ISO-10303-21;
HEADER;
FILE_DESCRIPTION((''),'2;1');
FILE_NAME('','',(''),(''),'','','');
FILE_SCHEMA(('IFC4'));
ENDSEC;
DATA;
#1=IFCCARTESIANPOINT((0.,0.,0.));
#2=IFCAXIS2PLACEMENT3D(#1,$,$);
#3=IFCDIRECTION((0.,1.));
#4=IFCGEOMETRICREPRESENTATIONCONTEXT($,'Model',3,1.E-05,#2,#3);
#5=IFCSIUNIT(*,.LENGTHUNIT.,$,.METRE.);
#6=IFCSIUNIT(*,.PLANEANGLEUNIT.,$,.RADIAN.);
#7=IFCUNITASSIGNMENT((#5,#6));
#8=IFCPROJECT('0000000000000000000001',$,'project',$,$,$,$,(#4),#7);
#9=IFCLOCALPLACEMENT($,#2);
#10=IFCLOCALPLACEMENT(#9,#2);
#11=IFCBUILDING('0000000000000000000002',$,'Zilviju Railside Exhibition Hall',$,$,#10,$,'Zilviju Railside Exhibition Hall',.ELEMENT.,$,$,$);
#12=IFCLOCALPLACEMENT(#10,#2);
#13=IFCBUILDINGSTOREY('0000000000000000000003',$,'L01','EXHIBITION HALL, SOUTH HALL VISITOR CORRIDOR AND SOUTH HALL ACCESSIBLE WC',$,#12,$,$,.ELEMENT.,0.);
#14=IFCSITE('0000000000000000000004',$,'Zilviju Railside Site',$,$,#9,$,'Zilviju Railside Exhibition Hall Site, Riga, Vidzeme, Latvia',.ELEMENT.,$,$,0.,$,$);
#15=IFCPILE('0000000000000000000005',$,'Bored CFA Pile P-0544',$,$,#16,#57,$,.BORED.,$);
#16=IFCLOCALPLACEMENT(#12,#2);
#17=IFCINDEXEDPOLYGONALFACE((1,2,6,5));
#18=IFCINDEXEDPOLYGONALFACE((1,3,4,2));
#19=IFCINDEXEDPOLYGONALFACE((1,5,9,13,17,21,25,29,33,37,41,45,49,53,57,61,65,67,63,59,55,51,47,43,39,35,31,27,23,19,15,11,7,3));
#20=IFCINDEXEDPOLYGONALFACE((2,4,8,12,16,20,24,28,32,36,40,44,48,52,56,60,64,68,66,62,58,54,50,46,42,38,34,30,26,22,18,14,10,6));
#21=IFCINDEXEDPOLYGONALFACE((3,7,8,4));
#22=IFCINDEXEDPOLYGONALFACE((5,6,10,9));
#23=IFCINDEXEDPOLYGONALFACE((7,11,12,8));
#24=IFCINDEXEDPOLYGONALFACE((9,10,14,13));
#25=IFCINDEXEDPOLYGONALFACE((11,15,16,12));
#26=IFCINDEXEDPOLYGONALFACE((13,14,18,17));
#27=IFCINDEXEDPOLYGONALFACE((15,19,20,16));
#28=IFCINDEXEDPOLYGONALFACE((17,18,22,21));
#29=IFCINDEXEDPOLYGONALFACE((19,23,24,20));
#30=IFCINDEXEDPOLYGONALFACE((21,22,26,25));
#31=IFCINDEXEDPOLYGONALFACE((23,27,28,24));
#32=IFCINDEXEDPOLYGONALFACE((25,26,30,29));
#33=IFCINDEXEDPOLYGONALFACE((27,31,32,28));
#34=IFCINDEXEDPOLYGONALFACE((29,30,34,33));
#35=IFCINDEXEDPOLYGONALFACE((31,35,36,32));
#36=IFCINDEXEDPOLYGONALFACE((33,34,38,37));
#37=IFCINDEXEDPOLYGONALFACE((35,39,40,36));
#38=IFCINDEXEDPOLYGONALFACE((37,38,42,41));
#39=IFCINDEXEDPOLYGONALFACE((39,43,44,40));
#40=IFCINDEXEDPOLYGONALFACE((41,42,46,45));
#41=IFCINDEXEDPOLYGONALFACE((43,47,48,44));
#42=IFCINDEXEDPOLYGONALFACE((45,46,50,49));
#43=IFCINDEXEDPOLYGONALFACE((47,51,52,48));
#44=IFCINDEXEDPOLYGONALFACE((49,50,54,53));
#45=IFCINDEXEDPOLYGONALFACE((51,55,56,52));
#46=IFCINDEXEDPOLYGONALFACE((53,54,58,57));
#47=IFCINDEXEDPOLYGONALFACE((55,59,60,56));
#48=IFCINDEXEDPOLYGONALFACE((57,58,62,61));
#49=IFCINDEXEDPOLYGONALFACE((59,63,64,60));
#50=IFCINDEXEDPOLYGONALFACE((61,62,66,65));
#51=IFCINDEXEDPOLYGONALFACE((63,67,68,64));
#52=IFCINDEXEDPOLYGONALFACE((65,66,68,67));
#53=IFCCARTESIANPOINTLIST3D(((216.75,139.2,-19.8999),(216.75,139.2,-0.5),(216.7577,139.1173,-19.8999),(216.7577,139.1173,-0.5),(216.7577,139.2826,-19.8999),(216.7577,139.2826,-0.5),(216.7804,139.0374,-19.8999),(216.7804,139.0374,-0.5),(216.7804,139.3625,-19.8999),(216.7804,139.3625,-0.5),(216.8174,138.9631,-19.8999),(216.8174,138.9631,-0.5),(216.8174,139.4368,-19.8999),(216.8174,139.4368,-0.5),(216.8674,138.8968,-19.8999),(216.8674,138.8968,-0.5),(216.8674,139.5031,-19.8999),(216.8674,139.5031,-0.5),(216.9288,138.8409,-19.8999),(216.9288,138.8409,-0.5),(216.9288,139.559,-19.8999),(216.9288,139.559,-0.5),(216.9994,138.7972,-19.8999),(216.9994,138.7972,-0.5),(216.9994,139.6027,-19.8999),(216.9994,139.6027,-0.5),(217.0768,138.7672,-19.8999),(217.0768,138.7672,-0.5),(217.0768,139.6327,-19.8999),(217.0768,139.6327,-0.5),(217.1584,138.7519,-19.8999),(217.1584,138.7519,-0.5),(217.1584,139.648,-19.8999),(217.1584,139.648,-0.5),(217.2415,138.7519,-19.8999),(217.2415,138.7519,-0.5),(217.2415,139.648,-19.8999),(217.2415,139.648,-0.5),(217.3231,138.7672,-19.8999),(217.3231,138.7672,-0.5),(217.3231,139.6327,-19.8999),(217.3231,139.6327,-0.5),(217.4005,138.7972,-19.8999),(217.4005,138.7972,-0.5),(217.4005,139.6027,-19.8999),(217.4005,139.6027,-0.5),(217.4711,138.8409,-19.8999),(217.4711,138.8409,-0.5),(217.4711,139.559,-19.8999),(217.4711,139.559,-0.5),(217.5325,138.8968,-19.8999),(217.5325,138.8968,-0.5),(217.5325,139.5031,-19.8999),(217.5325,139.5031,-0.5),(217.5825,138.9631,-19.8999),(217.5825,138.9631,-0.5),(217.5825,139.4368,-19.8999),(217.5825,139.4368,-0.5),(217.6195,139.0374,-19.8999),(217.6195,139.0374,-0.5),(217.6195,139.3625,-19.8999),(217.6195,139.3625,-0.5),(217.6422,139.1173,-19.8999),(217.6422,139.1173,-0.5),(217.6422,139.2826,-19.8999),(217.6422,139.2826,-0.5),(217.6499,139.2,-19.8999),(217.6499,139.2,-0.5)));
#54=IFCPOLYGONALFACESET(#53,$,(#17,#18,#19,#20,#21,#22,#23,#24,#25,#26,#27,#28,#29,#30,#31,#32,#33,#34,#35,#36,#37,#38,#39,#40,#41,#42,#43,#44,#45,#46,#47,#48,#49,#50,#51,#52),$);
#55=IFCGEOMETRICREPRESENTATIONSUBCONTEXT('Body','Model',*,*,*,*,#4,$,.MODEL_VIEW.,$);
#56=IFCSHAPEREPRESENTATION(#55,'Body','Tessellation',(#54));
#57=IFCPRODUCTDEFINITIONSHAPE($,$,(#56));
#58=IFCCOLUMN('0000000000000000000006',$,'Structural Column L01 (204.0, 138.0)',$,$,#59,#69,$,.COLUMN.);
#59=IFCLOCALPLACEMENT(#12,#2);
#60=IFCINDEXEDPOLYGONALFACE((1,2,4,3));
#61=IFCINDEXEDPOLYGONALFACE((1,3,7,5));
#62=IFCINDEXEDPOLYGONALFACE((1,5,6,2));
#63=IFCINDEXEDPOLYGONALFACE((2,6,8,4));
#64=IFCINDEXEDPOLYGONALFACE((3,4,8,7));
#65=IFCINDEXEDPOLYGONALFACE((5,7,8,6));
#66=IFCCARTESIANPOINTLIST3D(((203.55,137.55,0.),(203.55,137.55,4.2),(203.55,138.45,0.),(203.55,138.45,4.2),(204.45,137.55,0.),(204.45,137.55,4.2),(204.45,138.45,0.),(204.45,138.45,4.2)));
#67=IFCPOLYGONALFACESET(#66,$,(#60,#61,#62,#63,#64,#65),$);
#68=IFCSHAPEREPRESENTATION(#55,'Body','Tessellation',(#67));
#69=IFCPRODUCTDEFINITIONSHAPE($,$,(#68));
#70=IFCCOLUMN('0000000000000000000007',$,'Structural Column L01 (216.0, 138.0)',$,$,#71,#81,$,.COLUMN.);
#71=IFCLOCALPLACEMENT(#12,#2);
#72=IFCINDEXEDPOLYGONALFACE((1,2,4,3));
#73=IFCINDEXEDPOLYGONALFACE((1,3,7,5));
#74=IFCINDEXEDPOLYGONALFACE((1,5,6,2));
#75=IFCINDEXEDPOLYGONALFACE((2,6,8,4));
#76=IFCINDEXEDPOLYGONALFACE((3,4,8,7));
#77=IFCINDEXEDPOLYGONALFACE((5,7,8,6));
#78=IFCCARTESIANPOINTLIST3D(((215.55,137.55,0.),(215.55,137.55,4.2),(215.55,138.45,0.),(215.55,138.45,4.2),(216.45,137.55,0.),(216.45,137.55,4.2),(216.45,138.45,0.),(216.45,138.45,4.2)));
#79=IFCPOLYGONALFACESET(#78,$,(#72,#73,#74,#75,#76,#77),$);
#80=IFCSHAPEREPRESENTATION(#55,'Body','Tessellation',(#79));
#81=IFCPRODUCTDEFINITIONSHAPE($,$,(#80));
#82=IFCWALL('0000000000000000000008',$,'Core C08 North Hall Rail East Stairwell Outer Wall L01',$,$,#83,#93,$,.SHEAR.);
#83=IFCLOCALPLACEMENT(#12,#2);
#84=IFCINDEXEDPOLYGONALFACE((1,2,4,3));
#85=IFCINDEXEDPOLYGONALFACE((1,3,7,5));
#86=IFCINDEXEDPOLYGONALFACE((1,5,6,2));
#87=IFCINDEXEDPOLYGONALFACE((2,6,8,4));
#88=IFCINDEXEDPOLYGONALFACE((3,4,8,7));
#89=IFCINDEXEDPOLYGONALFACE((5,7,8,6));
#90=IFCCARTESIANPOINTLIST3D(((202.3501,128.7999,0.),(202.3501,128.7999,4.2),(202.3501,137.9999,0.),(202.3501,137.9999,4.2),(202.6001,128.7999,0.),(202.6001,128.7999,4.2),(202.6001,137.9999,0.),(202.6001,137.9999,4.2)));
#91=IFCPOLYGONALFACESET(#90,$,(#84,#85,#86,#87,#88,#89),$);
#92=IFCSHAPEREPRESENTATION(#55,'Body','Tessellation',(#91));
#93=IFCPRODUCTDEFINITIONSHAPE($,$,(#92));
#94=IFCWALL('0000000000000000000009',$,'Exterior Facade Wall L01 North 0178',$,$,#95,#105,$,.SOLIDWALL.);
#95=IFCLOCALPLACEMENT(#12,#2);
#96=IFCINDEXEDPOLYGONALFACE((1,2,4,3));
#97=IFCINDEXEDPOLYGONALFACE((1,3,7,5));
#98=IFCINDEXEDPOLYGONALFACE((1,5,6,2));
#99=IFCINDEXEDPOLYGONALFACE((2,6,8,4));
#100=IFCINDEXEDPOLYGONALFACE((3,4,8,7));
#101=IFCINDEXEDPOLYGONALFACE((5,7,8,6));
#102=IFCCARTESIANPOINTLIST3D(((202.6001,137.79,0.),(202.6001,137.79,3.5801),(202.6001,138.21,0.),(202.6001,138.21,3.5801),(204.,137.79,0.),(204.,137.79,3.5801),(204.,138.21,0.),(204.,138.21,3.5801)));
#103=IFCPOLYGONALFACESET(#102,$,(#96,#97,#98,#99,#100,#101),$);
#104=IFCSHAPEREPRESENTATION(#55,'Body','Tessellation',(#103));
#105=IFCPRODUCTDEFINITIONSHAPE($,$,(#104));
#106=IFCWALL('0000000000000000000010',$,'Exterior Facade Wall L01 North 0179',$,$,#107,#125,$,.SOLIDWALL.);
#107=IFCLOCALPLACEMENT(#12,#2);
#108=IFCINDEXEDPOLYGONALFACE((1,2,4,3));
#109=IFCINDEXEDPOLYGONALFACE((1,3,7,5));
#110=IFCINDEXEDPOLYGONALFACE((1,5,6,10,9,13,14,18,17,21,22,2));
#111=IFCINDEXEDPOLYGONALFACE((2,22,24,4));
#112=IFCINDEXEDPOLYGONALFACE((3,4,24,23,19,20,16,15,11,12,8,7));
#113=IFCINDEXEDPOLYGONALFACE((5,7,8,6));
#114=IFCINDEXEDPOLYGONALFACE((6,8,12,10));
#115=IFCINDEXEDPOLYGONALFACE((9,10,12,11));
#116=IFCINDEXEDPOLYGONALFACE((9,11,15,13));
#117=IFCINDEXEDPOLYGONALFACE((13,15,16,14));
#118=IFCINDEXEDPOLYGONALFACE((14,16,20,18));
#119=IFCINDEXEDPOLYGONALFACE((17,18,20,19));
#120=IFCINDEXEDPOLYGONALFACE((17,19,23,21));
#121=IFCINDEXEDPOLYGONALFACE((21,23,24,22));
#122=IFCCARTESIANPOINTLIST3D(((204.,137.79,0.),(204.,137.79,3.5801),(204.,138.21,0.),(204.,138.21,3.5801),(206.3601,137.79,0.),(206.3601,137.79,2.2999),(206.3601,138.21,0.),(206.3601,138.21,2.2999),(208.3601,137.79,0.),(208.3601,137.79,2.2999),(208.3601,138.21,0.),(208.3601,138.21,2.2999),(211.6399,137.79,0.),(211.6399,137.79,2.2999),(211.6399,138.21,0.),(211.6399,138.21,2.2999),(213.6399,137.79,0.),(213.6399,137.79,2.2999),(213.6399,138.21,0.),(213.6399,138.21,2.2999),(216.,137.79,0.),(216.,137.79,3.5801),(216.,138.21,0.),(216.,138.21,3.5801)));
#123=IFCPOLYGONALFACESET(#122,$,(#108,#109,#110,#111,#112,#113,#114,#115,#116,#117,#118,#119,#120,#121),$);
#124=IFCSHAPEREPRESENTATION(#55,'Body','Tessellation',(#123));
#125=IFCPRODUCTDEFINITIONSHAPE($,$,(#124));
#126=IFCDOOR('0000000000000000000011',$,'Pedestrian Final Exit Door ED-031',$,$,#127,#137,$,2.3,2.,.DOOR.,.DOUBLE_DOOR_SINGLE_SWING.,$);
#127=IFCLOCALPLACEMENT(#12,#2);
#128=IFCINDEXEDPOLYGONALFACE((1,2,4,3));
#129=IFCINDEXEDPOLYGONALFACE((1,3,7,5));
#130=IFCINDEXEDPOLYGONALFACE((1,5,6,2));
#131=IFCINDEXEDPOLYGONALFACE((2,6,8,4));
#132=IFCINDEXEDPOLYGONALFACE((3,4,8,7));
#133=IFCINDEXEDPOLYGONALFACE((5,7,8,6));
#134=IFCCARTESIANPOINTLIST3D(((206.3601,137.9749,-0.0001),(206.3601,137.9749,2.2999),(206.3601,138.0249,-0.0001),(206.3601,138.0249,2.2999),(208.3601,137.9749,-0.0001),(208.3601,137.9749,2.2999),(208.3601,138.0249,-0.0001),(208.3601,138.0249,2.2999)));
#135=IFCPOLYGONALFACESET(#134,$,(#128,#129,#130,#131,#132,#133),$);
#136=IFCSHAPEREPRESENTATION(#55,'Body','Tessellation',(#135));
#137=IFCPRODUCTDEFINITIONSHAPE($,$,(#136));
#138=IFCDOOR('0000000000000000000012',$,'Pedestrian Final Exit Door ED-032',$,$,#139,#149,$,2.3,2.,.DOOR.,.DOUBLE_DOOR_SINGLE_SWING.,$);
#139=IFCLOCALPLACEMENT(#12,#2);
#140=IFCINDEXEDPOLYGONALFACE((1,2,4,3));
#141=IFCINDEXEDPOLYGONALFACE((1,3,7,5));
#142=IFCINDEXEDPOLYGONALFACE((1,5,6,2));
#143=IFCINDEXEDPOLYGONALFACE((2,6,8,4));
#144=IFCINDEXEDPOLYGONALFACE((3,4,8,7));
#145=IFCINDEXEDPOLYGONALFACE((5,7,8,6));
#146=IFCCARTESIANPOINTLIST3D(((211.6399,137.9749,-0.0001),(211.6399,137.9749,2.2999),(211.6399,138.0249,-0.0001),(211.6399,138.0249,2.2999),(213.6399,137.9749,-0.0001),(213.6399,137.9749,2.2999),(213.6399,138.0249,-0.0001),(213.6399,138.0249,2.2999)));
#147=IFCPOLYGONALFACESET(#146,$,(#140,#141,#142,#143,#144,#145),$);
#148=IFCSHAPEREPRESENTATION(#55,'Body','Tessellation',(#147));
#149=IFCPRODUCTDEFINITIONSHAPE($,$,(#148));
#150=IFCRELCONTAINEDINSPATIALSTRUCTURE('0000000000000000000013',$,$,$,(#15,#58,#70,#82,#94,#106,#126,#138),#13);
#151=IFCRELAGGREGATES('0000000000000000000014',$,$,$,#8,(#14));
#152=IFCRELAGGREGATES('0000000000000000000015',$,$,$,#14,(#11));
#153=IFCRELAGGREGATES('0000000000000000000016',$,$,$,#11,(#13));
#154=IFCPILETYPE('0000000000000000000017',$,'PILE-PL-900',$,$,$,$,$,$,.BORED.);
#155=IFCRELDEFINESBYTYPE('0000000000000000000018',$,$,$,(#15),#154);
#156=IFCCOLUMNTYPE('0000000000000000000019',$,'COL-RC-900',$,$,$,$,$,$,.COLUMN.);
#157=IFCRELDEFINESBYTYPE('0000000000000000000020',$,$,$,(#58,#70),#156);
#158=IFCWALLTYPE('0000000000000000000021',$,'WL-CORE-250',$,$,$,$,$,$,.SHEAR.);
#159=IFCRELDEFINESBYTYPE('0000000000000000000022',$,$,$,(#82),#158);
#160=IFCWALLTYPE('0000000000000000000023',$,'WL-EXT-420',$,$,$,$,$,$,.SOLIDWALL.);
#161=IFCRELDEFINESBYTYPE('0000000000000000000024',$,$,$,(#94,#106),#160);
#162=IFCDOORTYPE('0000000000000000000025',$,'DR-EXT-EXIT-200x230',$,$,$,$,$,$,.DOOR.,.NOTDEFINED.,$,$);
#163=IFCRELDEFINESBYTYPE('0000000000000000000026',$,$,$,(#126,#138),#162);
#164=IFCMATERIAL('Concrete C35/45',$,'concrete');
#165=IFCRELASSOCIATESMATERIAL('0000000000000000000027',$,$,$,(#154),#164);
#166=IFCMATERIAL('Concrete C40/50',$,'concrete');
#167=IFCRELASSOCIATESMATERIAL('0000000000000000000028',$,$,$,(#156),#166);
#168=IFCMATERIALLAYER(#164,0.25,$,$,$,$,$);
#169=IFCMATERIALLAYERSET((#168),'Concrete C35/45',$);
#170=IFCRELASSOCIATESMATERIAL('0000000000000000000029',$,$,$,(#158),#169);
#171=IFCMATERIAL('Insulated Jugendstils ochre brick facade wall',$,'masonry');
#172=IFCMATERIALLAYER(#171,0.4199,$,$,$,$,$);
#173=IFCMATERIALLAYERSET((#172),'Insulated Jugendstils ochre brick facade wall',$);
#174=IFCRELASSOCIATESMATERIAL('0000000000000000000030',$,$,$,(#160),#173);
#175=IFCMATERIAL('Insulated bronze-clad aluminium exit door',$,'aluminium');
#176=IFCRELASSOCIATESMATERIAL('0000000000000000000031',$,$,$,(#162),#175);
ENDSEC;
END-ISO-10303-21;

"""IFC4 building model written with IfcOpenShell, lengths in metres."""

from ifc_helpers import new_model, si_unit, direction, frame, frame_2d, origin, origin_2d, place, context, subcontext, project, spatial, rectangle, circle, extrude, material, layer, layer_set, material_profile, profile_set, type_object, element, fill, save


model = new_model("IFC4")

# Units and contexts
model_context = context("Model", 3, precision=1e-05, world=origin(), true_north=direction((0.0, 1.0)))
body_context = subcontext(model_context, "Body", "Model", "MODEL_VIEW")
ifc_project = project(units=[si_unit("LENGTHUNIT", "METRE"), si_unit("PLANEANGLEUNIT", "RADIAN")], contexts=[model_context])

# Site, building, storey
site_placement = place(None, origin())
site = spatial("IfcSite", under=ifc_project, at=site_placement, Name="Zilviju Railside Site", LongName="Zilviju Railside Exhibition Hall Site, Riga, Vidzeme, Latvia", CompositionType="ELEMENT", RefElevation=0.0)
building_placement = place(site_placement, origin())
building = spatial("IfcBuilding", under=site, at=building_placement, Name="Zilviju Railside Exhibition Hall", LongName="Zilviju Railside Exhibition Hall", CompositionType="ELEMENT")
storey_placement = place(building_placement, origin())
storey = spatial("IfcBuildingStorey", under=building, at=storey_placement, Name="L01", Description="EXHIBITION HALL, SOUTH HALL VISITOR CORRIDOR AND SOUTH HALL ACCESSIBLE WC", CompositionType="ELEMENT", Elevation=0.0)

# Shared definitions
ifc_material_1 = material(Name="Concrete C35/45", Category="concrete")

# Pile
ifc_material_profile_1 = material_profile(ifc_material_1, circle(Radius=0.45, at=origin_2d()), Name="CFA PILE D900")
ifc_profile_set_1 = profile_set([ifc_material_profile_1], Name="Concrete C35/45")
pile_type = type_object("IfcPileType", Name="PILE-PL-900", PredefinedType="BORED", material=ifc_profile_set_1)
for number, where, z_axis, x_axis, name in (
    (1, (217.2, 139.2, -0.5), (0.0, 0.0, -1.0), (1.0, 0.0, 0.0), "Bored CFA Pile P-0544"),
):
    element("IfcPile", number, at=place(storey_placement, frame(where, z_axis=z_axis, x_axis=x_axis)), inside=storey, type_object=pile_type, Name=name, PredefinedType="BORED", context=body_context, shape_type="SweptSolid", body=[
        extrude(circle(Radius=0.45, at=origin_2d()), origin(), (0.0, 0.0, 1.0), 19.3999),
    ])

# Columns
ifc_material_2 = material(Name="Concrete C40/50", Category="concrete")
ifc_material_profile_2 = material_profile(ifc_material_2, rectangle(XDim=0.8999, YDim=0.8999, at=origin_2d()), Name="RC COL 900x900")
ifc_profile_set_2 = profile_set([ifc_material_profile_2], Name="Concrete C40/50")
column_type = type_object("IfcColumnType", Name="COL-RC-900", PredefinedType="COLUMN", material=ifc_profile_set_2)
for number, where, z_axis, x_axis, name in (
    (2, (204.0, 138.0, 0.0), (0.0, 0.0, 1.0), (1.0, 0.0, 0.0), "Structural Column L01 (204.0, 138.0)"),
    (3, (216.0, 138.0, 0.0), (0.0, 0.0, 1.0), (1.0, 0.0, 0.0), "Structural Column L01 (216.0, 138.0)"),
):
    element("IfcColumn", number, at=place(storey_placement, frame(where, z_axis=z_axis, x_axis=x_axis)), inside=storey, type_object=column_type, Name=name, PredefinedType="COLUMN", context=body_context, shape_type="SweptSolid", body=[
        extrude(rectangle(XDim=0.8999, YDim=0.8999, at=origin_2d()), origin(), (0.0, 0.0, 1.0), 4.2),
    ])

# Walls
ifc_layer_1 = layer(ifc_material_1, 0.25)
ifc_layer_set_1 = layer_set([ifc_layer_1], Name="Concrete C35/45")
wall_type_1 = type_object("IfcWallType", Name="WL-CORE-250", PredefinedType="SHEAR", material=ifc_layer_set_1)
wall_1_placement = place(storey_placement, frame((202.4751, 138.0, 0.0), z_axis=(0.0, 0.0, 1.0), x_axis=(0.0, -1.0, 0.0)))
element("IfcWall", 4, at=wall_1_placement, inside=storey, type_object=wall_type_1, Name="Core C08 North Hall Rail East Stairwell Outer Wall L01", PredefinedType="SHEAR", context=body_context, shape_type="SweptSolid", body=[
    extrude(rectangle(XDim=9.2, YDim=0.25, at=frame_2d((4.6001, 0.0))), origin(), (0.0, 0.0, 1.0), 4.2),
])
ifc_material_3 = material(Name="Insulated Jugendstils ochre brick facade wall", Category="masonry")
ifc_layer_2 = layer(ifc_material_3, 0.4199)
ifc_layer_set_2 = layer_set([ifc_layer_2], Name="Insulated Jugendstils ochre brick facade wall")
wall_type_2 = type_object("IfcWallType", Name="WL-EXT-420", PredefinedType="SOLIDWALL", material=ifc_layer_set_2)
wall_2_placement = place(storey_placement, frame((202.6001, 138.0, 0.0), z_axis=(0.0, 0.0, 1.0), x_axis=(1.0, 0.0, 0.0)))
element("IfcWall", 5, at=wall_2_placement, inside=storey, type_object=wall_type_2, Name="Exterior Facade Wall L01 North 0178", PredefinedType="SOLIDWALL", context=body_context, shape_type="SweptSolid", body=[
    extrude(rectangle(XDim=1.3999, YDim=0.4199, at=frame_2d((0.7, 0.0))), origin(), (0.0, 0.0, 1.0), 3.5801),
])

# Wall, openings, doors
wall_3_placement = place(storey_placement, frame((204.0, 138.0, 0.0), z_axis=(0.0, 0.0, 1.0), x_axis=(1.0, 0.0, 0.0)))
wall_3 = element("IfcWall", 6, at=wall_3_placement, inside=storey, type_object=wall_type_2, Name="Exterior Facade Wall L01 North 0179", PredefinedType="SOLIDWALL", context=body_context, shape_type="SweptSolid", body=[
    extrude(rectangle(XDim=12.0, YDim=0.4199, at=frame_2d((6.0, 0.0))), origin(), (0.0, 0.0, 1.0), 3.5801),
])
opening_1_placement = place(wall_3_placement, frame((2.3601, 0.0, 0.0)))
opening_1 = element("IfcOpeningElement", 7, at=opening_1_placement, cuts=wall_3, PredefinedType="OPENING", context=body_context, shape_type="SweptSolid", body=[
    extrude(rectangle(XDim=2.0, YDim=2.3, at=frame_2d((1.0, 1.1499))), frame((0.0, 0.22, 0.0), z_axis=(0.0, -1.0, 0.0), x_axis=(1.0, 0.0, 0.0)), (0.0, 0.0, 1.0), 0.4399),
])
opening_2_placement = place(wall_3_placement, frame((7.6399, 0.0, 0.0)))
opening_2 = element("IfcOpeningElement", 8, at=opening_2_placement, cuts=wall_3, PredefinedType="OPENING", context=body_context, shape_type="SweptSolid", body=[
    extrude(rectangle(XDim=2.0, YDim=2.3, at=frame_2d((1.0, 1.1499))), frame((0.0, 0.22, 0.0), z_axis=(0.0, -1.0, 0.0), x_axis=(1.0, 0.0, 0.0)), (0.0, 0.0, 1.0), 0.4399),
])
ifc_material_4 = material(Name="Insulated bronze-clad aluminium exit door", Category="aluminium")
door_type_1 = type_object("IfcDoorType", Name="DR-EXT-EXIT-200x230", OperationType="NOTDEFINED", PredefinedType="DOOR", material=ifc_material_4)
door_1_placement = place(opening_1_placement, origin())
door_1 = element("IfcDoor", 9, at=door_1_placement, inside=storey, type_object=door_type_1, Name="Pedestrian Final Exit Door ED-031", OperationType="DOUBLE_DOOR_SINGLE_SWING", OverallHeight=2.3, OverallWidth=2.0, PredefinedType="DOOR", context=body_context, shape_type="SweptSolid", body=[
    extrude(rectangle(XDim=2.0, YDim=2.3, at=frame_2d((1.0, 1.1499))), frame((0.0, 0.0249, 0.0), z_axis=(0.0, -1.0, 0.0), x_axis=(1.0, 0.0, 0.0)), (0.0, 0.0, 1.0), 0.05),
])
fill(opening_1, door_1)
door_2_placement = place(opening_2_placement, origin())
door_2 = element("IfcDoor", 10, at=door_2_placement, inside=storey, type_object=door_type_1, Name="Pedestrian Final Exit Door ED-032", OperationType="DOUBLE_DOOR_SINGLE_SWING", OverallHeight=2.3, OverallWidth=2.0, PredefinedType="DOOR", context=body_context, shape_type="SweptSolid", body=[
    extrude(rectangle(XDim=2.0, YDim=2.3, at=frame_2d((1.0, 1.1499))), frame((0.0, 0.0249, 0.0), z_axis=(0.0, -1.0, 0.0), x_axis=(1.0, 0.0, 0.0)), (0.0, 0.0, 1.0), 0.05),
])
fill(opening_2, door_2)

save(model, "model.ifc")
